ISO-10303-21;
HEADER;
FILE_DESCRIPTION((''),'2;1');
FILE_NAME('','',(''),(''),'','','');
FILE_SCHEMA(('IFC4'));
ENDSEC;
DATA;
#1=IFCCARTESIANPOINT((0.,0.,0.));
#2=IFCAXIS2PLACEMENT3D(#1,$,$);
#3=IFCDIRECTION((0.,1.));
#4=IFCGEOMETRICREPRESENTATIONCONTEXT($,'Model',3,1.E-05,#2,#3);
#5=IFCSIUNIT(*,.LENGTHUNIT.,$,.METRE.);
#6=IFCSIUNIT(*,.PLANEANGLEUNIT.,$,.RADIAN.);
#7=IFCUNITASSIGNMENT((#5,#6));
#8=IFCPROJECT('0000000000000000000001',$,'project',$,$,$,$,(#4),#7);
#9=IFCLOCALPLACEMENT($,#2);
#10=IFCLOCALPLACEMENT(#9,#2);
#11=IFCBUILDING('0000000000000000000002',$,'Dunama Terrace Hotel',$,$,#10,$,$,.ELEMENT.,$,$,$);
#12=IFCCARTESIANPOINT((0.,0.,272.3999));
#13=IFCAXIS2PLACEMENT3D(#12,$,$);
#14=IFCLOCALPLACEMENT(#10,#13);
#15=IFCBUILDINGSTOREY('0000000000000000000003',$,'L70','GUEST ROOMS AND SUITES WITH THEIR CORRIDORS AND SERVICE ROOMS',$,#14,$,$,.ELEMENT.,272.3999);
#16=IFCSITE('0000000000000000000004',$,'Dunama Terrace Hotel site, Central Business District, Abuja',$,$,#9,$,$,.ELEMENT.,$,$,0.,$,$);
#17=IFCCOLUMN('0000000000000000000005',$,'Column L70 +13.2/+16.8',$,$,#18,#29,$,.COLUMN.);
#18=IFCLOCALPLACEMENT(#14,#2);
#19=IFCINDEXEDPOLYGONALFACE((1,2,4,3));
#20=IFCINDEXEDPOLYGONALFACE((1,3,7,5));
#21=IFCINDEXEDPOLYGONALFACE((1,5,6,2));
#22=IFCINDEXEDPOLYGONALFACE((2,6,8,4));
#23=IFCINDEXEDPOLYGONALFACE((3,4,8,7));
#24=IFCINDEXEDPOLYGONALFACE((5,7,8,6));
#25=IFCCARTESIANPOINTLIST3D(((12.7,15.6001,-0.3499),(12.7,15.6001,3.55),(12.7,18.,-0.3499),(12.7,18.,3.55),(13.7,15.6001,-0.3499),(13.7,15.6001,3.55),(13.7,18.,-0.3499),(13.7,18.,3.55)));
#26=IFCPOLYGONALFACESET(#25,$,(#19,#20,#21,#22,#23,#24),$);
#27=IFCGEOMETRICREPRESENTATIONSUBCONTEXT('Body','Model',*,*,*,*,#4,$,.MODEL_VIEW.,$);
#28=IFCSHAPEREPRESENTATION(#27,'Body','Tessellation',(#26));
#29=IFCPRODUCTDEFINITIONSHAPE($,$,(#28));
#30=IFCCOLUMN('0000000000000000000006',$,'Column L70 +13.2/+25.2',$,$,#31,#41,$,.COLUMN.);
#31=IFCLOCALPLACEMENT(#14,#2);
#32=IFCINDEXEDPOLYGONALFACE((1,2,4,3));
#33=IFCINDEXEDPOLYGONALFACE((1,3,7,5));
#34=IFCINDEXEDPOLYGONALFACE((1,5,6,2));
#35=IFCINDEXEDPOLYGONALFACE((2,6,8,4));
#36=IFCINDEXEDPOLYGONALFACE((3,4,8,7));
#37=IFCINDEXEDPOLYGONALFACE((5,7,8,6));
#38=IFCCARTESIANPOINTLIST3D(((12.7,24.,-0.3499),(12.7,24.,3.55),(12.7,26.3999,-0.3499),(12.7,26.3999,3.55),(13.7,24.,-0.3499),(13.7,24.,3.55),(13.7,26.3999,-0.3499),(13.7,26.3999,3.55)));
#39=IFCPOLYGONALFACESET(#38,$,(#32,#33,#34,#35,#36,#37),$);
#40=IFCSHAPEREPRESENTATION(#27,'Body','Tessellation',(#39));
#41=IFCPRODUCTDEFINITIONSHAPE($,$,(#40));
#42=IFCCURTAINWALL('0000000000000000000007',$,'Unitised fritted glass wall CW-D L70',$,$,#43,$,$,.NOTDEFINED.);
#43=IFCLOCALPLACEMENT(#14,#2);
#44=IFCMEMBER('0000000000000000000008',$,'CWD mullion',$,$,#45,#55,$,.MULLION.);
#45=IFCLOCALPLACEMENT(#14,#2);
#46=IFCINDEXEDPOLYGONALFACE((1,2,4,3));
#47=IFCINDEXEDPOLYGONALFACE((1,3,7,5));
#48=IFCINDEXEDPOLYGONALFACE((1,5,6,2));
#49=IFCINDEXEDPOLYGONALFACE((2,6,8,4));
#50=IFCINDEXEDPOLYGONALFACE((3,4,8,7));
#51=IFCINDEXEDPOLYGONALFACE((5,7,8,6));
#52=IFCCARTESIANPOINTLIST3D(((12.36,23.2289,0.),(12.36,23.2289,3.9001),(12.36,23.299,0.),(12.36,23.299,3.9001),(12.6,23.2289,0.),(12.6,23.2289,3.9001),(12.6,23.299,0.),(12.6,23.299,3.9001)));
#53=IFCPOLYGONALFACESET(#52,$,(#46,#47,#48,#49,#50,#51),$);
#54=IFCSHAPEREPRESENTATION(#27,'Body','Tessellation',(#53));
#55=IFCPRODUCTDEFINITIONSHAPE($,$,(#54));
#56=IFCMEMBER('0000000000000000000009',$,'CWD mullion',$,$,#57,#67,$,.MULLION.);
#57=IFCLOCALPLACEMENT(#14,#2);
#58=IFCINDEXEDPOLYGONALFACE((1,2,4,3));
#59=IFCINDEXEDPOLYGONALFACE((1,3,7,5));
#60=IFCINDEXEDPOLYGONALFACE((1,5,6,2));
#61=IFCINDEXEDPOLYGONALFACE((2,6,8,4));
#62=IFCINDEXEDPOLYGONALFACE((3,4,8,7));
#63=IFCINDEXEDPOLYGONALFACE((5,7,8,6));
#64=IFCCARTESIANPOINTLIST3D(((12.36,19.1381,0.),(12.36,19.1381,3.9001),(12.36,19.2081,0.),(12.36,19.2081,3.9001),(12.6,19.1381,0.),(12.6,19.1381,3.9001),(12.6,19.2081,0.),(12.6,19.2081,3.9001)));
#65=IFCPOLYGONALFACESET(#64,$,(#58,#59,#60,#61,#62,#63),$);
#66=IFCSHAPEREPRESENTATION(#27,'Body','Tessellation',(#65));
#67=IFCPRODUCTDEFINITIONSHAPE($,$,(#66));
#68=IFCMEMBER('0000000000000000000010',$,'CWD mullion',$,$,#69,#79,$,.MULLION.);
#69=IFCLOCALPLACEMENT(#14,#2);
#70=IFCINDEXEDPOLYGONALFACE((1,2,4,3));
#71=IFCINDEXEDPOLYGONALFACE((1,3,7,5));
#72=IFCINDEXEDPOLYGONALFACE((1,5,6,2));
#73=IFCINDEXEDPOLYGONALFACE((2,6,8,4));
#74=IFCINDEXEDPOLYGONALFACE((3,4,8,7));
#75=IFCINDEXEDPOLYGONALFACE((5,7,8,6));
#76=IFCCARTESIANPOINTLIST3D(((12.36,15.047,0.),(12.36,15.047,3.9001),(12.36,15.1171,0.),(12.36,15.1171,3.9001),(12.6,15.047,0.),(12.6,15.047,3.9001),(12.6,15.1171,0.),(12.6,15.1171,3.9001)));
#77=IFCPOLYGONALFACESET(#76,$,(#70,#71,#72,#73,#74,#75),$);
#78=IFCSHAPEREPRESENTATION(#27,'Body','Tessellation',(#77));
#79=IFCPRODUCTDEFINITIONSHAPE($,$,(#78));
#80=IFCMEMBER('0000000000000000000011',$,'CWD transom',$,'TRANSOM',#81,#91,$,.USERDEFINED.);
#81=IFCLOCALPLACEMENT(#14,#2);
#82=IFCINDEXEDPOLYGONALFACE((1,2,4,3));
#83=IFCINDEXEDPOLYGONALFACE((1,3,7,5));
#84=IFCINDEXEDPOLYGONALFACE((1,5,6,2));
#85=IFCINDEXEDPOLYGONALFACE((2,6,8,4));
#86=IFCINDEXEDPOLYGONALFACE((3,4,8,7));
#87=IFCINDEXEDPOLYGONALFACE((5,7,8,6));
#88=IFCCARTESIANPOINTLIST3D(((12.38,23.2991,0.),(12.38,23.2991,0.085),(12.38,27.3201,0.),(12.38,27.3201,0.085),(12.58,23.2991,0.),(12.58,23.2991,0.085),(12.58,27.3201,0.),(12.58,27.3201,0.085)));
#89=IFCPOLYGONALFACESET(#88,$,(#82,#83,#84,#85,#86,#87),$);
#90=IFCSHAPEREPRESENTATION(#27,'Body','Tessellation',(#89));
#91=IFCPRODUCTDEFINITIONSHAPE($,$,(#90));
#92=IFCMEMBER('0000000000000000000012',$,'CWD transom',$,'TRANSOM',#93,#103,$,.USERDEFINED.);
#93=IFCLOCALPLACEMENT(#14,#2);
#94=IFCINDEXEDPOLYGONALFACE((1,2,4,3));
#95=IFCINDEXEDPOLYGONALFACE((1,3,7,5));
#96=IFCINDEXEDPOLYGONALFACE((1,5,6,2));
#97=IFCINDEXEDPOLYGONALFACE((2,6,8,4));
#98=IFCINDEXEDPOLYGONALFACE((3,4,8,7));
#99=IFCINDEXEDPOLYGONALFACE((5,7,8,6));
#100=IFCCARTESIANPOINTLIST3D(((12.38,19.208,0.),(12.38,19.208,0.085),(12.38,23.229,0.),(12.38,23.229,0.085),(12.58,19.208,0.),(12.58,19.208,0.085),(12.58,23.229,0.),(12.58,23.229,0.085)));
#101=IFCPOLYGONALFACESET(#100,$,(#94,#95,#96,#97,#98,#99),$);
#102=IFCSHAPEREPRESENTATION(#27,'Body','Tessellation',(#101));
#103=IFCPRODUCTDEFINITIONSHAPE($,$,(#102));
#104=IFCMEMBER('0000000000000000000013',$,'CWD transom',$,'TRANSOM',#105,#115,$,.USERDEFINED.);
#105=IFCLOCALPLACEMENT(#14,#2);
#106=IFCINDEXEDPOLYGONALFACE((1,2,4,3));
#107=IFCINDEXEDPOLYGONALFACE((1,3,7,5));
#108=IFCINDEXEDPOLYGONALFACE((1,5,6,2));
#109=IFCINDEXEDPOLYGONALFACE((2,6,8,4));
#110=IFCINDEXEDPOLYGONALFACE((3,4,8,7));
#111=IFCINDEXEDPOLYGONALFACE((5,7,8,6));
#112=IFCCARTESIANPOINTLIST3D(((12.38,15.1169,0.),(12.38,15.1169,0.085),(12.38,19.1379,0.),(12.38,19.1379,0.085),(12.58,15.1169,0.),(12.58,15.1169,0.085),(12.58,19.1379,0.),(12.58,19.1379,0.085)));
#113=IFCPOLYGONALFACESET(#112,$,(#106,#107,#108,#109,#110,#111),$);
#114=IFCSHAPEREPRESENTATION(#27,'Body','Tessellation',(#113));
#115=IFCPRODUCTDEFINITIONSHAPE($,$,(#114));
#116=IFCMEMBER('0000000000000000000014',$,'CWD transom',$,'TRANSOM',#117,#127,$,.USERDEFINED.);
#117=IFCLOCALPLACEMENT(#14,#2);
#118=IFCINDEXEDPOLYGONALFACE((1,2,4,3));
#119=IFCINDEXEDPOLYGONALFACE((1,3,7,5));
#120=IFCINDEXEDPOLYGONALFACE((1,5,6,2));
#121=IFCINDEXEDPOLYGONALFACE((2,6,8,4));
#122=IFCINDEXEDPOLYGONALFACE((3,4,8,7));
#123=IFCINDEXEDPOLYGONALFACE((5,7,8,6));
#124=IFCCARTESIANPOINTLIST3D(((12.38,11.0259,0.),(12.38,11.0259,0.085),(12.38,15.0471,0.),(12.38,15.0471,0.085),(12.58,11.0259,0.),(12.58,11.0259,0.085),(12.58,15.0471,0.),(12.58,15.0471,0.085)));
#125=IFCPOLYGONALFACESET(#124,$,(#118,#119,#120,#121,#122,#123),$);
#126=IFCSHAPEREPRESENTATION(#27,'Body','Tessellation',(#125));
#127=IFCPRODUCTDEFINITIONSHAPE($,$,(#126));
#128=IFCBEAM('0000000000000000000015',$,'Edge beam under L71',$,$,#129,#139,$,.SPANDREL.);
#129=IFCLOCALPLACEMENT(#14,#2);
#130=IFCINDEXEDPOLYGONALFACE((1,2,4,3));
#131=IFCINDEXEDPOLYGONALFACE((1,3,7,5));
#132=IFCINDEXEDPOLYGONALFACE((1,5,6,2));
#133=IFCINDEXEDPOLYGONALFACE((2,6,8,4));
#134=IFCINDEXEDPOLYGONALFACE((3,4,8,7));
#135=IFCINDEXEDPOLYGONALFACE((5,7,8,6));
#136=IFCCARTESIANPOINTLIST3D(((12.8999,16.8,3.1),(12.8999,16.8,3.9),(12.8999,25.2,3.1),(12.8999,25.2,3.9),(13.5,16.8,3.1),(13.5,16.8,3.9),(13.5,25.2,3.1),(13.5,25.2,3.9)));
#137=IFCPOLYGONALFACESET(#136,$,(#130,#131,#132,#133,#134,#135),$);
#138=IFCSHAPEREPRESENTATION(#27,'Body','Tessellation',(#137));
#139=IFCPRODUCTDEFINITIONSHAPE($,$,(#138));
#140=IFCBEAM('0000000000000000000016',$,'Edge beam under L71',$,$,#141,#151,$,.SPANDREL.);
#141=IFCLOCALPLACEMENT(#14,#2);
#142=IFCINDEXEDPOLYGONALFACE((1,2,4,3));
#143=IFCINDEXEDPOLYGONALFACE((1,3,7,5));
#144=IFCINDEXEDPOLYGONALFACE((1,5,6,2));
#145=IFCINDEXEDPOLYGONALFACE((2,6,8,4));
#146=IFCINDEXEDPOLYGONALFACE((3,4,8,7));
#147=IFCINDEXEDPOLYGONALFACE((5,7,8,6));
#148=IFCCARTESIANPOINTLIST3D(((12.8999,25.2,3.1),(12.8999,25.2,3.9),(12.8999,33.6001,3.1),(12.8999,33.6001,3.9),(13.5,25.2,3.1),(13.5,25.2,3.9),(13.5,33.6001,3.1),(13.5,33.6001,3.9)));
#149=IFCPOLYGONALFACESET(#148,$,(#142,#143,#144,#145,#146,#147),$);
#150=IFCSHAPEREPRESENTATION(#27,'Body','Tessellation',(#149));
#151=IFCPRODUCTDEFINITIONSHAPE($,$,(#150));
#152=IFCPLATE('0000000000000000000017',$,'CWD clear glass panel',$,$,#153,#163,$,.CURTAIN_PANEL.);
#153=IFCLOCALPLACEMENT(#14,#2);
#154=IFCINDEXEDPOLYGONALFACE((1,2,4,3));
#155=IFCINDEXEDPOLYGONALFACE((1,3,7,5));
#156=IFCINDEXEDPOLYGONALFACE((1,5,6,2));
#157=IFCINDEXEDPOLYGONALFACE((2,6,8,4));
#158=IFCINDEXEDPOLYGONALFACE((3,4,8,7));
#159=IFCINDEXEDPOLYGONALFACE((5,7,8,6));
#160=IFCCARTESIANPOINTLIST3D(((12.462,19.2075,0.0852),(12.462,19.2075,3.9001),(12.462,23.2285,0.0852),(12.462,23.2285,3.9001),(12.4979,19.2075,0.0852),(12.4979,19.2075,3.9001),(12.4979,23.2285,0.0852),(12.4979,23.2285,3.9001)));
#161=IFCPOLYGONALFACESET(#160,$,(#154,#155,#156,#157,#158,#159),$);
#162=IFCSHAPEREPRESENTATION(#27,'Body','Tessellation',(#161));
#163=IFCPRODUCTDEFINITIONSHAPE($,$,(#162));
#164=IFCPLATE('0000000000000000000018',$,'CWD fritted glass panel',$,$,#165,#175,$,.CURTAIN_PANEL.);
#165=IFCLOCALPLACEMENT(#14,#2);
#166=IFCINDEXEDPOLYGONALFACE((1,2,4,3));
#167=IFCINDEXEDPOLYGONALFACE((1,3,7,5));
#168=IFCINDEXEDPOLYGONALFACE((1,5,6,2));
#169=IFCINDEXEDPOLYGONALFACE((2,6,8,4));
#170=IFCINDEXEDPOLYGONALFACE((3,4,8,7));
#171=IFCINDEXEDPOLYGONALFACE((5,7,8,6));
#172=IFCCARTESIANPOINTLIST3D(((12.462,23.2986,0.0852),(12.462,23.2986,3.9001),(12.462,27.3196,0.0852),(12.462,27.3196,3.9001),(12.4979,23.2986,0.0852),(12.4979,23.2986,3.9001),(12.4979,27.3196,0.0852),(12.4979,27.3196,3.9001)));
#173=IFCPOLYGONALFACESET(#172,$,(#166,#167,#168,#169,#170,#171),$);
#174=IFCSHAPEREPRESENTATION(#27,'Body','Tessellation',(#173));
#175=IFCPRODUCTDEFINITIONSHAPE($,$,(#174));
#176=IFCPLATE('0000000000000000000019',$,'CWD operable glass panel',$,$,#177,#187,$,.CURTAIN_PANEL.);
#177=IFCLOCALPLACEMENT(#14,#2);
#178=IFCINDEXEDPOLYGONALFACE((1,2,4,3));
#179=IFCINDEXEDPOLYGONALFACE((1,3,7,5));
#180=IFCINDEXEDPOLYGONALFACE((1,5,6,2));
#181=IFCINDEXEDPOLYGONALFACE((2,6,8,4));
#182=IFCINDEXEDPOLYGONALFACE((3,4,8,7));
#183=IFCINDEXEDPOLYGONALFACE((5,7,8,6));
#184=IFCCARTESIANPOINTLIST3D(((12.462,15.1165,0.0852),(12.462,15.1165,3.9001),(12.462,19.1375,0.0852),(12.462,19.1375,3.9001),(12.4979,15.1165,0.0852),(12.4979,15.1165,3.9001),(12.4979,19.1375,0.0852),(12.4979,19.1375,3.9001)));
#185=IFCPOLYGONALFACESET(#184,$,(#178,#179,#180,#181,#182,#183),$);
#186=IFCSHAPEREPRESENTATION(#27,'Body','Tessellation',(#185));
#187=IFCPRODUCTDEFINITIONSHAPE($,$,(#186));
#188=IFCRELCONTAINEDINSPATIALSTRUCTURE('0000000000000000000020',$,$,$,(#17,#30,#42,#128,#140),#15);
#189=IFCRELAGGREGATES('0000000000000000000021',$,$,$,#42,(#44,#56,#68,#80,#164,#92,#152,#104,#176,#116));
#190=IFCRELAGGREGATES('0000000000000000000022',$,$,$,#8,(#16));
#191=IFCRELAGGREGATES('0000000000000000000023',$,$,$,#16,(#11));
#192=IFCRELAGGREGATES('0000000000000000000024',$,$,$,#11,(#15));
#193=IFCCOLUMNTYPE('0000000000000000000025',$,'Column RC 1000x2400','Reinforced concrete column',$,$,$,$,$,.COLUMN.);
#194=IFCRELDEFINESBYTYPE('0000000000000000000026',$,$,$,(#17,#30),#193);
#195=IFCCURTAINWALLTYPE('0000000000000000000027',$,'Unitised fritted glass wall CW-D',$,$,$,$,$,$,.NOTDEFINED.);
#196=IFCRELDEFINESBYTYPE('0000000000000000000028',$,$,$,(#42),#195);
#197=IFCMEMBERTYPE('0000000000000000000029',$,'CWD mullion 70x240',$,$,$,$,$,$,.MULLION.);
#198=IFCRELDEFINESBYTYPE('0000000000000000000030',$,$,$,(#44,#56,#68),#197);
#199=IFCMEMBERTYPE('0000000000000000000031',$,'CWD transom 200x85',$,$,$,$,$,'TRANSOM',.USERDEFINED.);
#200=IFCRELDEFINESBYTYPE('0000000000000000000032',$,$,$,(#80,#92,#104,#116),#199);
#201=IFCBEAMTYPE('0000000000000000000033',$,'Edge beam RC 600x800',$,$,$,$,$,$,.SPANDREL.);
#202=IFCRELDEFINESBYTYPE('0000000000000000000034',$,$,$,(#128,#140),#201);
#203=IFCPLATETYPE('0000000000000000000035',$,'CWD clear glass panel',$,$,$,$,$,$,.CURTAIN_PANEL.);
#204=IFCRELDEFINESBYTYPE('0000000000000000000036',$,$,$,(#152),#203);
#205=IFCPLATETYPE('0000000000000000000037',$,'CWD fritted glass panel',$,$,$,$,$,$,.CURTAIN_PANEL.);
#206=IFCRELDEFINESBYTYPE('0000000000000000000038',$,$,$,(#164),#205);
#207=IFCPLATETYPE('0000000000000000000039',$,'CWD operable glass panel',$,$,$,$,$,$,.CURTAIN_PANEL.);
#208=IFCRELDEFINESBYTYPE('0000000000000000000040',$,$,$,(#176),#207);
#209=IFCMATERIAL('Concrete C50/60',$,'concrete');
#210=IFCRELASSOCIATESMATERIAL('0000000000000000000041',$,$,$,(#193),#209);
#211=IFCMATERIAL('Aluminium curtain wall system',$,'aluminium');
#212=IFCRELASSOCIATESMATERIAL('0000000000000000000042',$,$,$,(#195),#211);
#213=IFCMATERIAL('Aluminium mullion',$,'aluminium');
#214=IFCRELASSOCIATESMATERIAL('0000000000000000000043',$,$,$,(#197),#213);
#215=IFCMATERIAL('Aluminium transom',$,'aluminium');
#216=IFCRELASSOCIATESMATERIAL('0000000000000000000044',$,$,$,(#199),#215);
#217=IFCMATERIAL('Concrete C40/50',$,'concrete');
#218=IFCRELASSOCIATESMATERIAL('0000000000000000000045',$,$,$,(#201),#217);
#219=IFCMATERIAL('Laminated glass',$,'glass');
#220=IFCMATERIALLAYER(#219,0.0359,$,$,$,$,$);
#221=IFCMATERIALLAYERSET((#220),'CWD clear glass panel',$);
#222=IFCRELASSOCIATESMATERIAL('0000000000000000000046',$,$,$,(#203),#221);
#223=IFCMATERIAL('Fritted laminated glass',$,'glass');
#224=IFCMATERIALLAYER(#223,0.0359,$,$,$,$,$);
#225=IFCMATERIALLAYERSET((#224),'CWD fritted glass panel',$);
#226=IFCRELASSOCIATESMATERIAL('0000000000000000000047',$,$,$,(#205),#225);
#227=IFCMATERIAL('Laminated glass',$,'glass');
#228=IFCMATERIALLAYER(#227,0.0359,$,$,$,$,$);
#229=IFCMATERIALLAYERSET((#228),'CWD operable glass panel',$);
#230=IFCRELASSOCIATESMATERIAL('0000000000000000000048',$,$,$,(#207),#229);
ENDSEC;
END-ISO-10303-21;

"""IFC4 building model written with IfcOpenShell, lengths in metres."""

from ifc_helpers import new_model, si_unit, direction, frame, origin, origin_2d, place, context, subcontext, project, spatial, rectangle, extrude, material, layer, layer_set, material_profile, profile_set, type_object, element, aggregate, save


model = new_model("IFC4")

# Units and contexts
model_context = context("Model", 3, precision=1e-05, world=origin(), true_north=direction((0.0, 1.0)))
body_context = subcontext(model_context, "Body", "Model", "MODEL_VIEW")
ifc_project = project(units=[si_unit("LENGTHUNIT", "METRE"), si_unit("PLANEANGLEUNIT", "RADIAN")], contexts=[model_context])

# Site, building, storey
site_placement = place(None, origin())
site = spatial("IfcSite", under=ifc_project, at=site_placement, Name="Dunama Terrace Hotel site, Central Business District, Abuja", CompositionType="ELEMENT", RefElevation=0.0)
building_placement = place(site_placement, origin())
building = spatial("IfcBuilding", under=site, at=building_placement, Name="Dunama Terrace Hotel", CompositionType="ELEMENT")
storey_placement = place(building_placement, frame((0.0, 0.0, 272.3999)))
storey = spatial("IfcBuildingStorey", under=building, at=storey_placement, Name="L70", Description="GUEST ROOMS AND SUITES WITH THEIR CORRIDORS AND SERVICE ROOMS", CompositionType="ELEMENT", Elevation=272.3999)

# Columns
ifc_material_1 = material(Name="Concrete C50/60", Category="concrete")
ifc_material_profile_1 = material_profile(ifc_material_1, rectangle(XDim=1.0, YDim=2.3999, at=origin_2d()), Name="RC 1000x2400")
ifc_profile_set_1 = profile_set([ifc_material_profile_1], Name="Concrete C50/60")
column_type = type_object("IfcColumnType", Name="Column RC 1000x2400", Description="Reinforced concrete column", PredefinedType="COLUMN", material=ifc_profile_set_1)
for number, where, z_axis, x_axis, name in (
    (1, (13.2, 16.8, -0.3499), (0.0, 0.0, 1.0), (1.0, 0.0, 0.0), "Column L70 +13.2/+16.8"),
    (2, (13.2, 25.2, -0.3499), (0.0, 0.0, 1.0), (1.0, 0.0, 0.0), "Column L70 +13.2/+25.2"),
):
    element("IfcColumn", number, at=place(storey_placement, frame(where, z_axis=z_axis, x_axis=x_axis)), inside=storey, type_object=column_type, Name=name, PredefinedType="COLUMN", context=body_context, shape_type="SweptSolid", body=[
        extrude(rectangle(XDim=1.0, YDim=2.3999, at=origin_2d()), origin(), (0.0, 0.0, 1.0), 3.8999),
    ])

# Curtain wall, members
ifc_material_2 = material(Name="Aluminium curtain wall system", Category="aluminium")
curtain_wall_type = type_object("IfcCurtainWallType", Name="Unitised fritted glass wall CW-D", PredefinedType="NOTDEFINED", material=ifc_material_2)
curtain_wall_placement = place(storey_placement, origin())
curtain_wall = element("IfcCurtainWall", 3, at=curtain_wall_placement, inside=storey, type_object=curtain_wall_type, Name="Unitised fritted glass wall CW-D L70", PredefinedType="NOTDEFINED")
ifc_material_3 = material(Name="Aluminium mullion", Category="aluminium")
ifc_material_profile_2 = material_profile(ifc_material_3, rectangle(XDim=0.0701, YDim=0.24, at=origin_2d()), Name="CWD MULLION 70X240")
ifc_profile_set_2 = profile_set([ifc_material_profile_2], Name="Aluminium mullion")
member_type_1 = type_object("IfcMemberType", Name="CWD mullion 70x240", PredefinedType="MULLION", material=ifc_profile_set_2)
member_1_placement = place(storey_placement, frame((12.48, 23.2639, 0.0), z_axis=(0.0, 0.0, 1.0), x_axis=(0.0, -1.0, 0.0)))
member_1 = element("IfcMember", 4, at=member_1_placement, type_object=member_type_1, Name="CWD mullion", PredefinedType="MULLION", context=body_context, shape_type="SweptSolid", body=[
    extrude(rectangle(XDim=0.0701, YDim=0.24, at=origin_2d()), origin(), (0.0, 0.0, 1.0), 3.9001),
])
member_2_placement = place(storey_placement, frame((12.48, 19.1731, 0.0), z_axis=(0.0, 0.0, 1.0), x_axis=(0.0, -1.0, 0.0)))
member_2 = element("IfcMember", 5, at=member_2_placement, type_object=member_type_1, Name="CWD mullion", PredefinedType="MULLION", context=body_context, shape_type="SweptSolid", body=[
    extrude(rectangle(XDim=0.0701, YDim=0.24, at=origin_2d()), origin(), (0.0, 0.0, 1.0), 3.9001),
])
member_3_placement = place(storey_placement, frame((12.48, 15.082, 0.0), z_axis=(0.0, 0.0, 1.0), x_axis=(0.0, -1.0, 0.0)))
member_3 = element("IfcMember", 6, at=member_3_placement, type_object=member_type_1, Name="CWD mullion", PredefinedType="MULLION", context=body_context, shape_type="SweptSolid", body=[
    extrude(rectangle(XDim=0.0701, YDim=0.24, at=origin_2d()), origin(), (0.0, 0.0, 1.0), 3.9001),
])
ifc_material_4 = material(Name="Aluminium transom", Category="aluminium")
ifc_material_profile_3 = material_profile(ifc_material_4, rectangle(XDim=0.2, YDim=0.085, at=origin_2d()), Name="CWD TRANSOM 200X85")
ifc_profile_set_3 = profile_set([ifc_material_profile_3], Name="Aluminium transom")
member_type_2 = type_object("IfcMemberType", Name="CWD transom 200x85", ElementType="TRANSOM", PredefinedType="USERDEFINED", material=ifc_profile_set_3)
member_4_placement = place(storey_placement, frame((12.48, 27.3201, 0.0425), z_axis=(0.0, -1.0, 0.0), x_axis=(1.0, 0.0, 0.0)))
member_4 = element("IfcMember", 7, at=member_4_placement, type_object=member_type_2, Name="CWD transom", ObjectType="TRANSOM", PredefinedType="USERDEFINED", context=body_context, shape_type="SweptSolid", body=[
    extrude(rectangle(XDim=0.2, YDim=0.085, at=origin_2d()), origin(), (0.0, 0.0, 1.0), 4.021),
])
member_5_placement = place(storey_placement, frame((12.48, 23.229, 0.0425), z_axis=(0.0, -1.0, 0.0), x_axis=(1.0, 0.0, 0.0)))
member_5 = element("IfcMember", 8, at=member_5_placement, type_object=member_type_2, Name="CWD transom", ObjectType="TRANSOM", PredefinedType="USERDEFINED", context=body_context, shape_type="SweptSolid", body=[
    extrude(rectangle(XDim=0.2, YDim=0.085, at=origin_2d()), origin(), (0.0, 0.0, 1.0), 4.021),
])
member_6_placement = place(storey_placement, frame((12.48, 19.1379, 0.0425), z_axis=(0.0, -1.0, 0.0), x_axis=(1.0, 0.0, 0.0)))
member_6 = element("IfcMember", 9, at=member_6_placement, type_object=member_type_2, Name="CWD transom", ObjectType="TRANSOM", PredefinedType="USERDEFINED", context=body_context, shape_type="SweptSolid", body=[
    extrude(rectangle(XDim=0.2, YDim=0.085, at=origin_2d()), origin(), (0.0, 0.0, 1.0), 4.021),
])
member_7_placement = place(storey_placement, frame((12.48, 15.0471, 0.0425), z_axis=(0.0, -1.0, 0.0), x_axis=(1.0, 0.0, 0.0)))
member_7 = element("IfcMember", 10, at=member_7_placement, type_object=member_type_2, Name="CWD transom", ObjectType="TRANSOM", PredefinedType="USERDEFINED", context=body_context, shape_type="SweptSolid", body=[
    extrude(rectangle(XDim=0.2, YDim=0.085, at=origin_2d()), origin(), (0.0, 0.0, 1.0), 4.0212),
])

# Beams
ifc_material_5 = material(Name="Concrete C40/50", Category="concrete")
ifc_material_profile_4 = material_profile(ifc_material_5, rectangle(XDim=0.6001, YDim=0.8, at=origin_2d()), Name="RC 600x800")
ifc_profile_set_4 = profile_set([ifc_material_profile_4], Name="Concrete C40/50")
beam_type = type_object("IfcBeamType", Name="Edge beam RC 600x800", PredefinedType="SPANDREL", material=ifc_profile_set_4)
beam_1_placement = place(storey_placement, frame((13.2, 16.8, 3.5), z_axis=(0.0, 1.0, 0.0), x_axis=(-1.0, 0.0, 0.0)))
element("IfcBeam", 11, at=beam_1_placement, inside=storey, type_object=beam_type, Name="Edge beam under L71", PredefinedType="SPANDREL", context=body_context, shape_type="SweptSolid", body=[
    extrude(rectangle(XDim=0.6001, YDim=0.8, at=origin_2d()), origin(), (0.0, 0.0, 1.0), 8.3999),
])
beam_2_placement = place(storey_placement, frame((13.2, 25.2, 3.5), z_axis=(0.0, 1.0, 0.0), x_axis=(-1.0, 0.0, 0.0)))
element("IfcBeam", 12, at=beam_2_placement, inside=storey, type_object=beam_type, Name="Edge beam under L71", PredefinedType="SPANDREL", context=body_context, shape_type="SweptSolid", body=[
    extrude(rectangle(XDim=0.6001, YDim=0.8, at=origin_2d()), origin(), (0.0, 0.0, 1.0), 8.4001),
])

# Plates
ifc_material_6 = material(Name="Laminated glass", Category="glass")
ifc_layer_1 = layer(ifc_material_6, 0.0359)
ifc_layer_set_1 = layer_set([ifc_layer_1], Name="CWD clear glass panel")
plate_type_1 = type_object("IfcPlateType", Name="CWD clear glass panel", PredefinedType="CURTAIN_PANEL", material=ifc_layer_set_1)
plate_1_placement = place(storey_placement, frame((12.48, 21.218, 0.0852), z_axis=(0.0, 0.0, 1.0), x_axis=(0.0, -1.0, 0.0)))
plate_1 = element("IfcPlate", 13, at=plate_1_placement, type_object=plate_type_1, Name="CWD clear glass panel", PredefinedType="CURTAIN_PANEL", context=body_context, shape_type="SweptSolid", body=[
    extrude(rectangle(XDim=4.021, YDim=0.0359, at=origin_2d()), origin(), (0.0, 0.0, 1.0), 3.8149),
])
ifc_material_7 = material(Name="Fritted laminated glass", Category="glass")
ifc_layer_2 = layer(ifc_material_7, 0.0359)
ifc_layer_set_2 = layer_set([ifc_layer_2], Name="CWD fritted glass panel")
plate_type_2 = type_object("IfcPlateType", Name="CWD fritted glass panel", PredefinedType="CURTAIN_PANEL", material=ifc_layer_set_2)
plate_2_placement = place(storey_placement, frame((12.48, 25.3091, 0.0852), z_axis=(0.0, 0.0, 1.0), x_axis=(0.0, -1.0, 0.0)))
plate_2 = element("IfcPlate", 14, at=plate_2_placement, type_object=plate_type_2, Name="CWD fritted glass panel", PredefinedType="CURTAIN_PANEL", context=body_context, shape_type="SweptSolid", body=[
    extrude(rectangle(XDim=4.021, YDim=0.0359, at=origin_2d()), origin(), (0.0, 0.0, 1.0), 3.8149),
])
ifc_material_8 = material(Name="Laminated glass", Category="glass")
ifc_layer_3 = layer(ifc_material_8, 0.0359)
ifc_layer_set_3 = layer_set([ifc_layer_3], Name="CWD operable glass panel")
plate_type_3 = type_object("IfcPlateType", Name="CWD operable glass panel", PredefinedType="CURTAIN_PANEL", material=ifc_layer_set_3)
plate_3_placement = place(storey_placement, frame((12.48, 17.127, 0.0852), z_axis=(0.0, 0.0, 1.0), x_axis=(0.0, -1.0, 0.0)))
plate_3 = element("IfcPlate", 15, at=plate_3_placement, type_object=plate_type_3, Name="CWD operable glass panel", PredefinedType="CURTAIN_PANEL", context=body_context, shape_type="SweptSolid", body=[
    extrude(rectangle(XDim=4.021, YDim=0.0359, at=origin_2d()), origin(), (0.0, 0.0, 1.0), 3.8149),
])
aggregate(curtain_wall, [member_1, member_2, member_3, member_4, plate_2, member_5, plate_1, member_6, plate_3, member_7])

save(model, "model.ifc")
